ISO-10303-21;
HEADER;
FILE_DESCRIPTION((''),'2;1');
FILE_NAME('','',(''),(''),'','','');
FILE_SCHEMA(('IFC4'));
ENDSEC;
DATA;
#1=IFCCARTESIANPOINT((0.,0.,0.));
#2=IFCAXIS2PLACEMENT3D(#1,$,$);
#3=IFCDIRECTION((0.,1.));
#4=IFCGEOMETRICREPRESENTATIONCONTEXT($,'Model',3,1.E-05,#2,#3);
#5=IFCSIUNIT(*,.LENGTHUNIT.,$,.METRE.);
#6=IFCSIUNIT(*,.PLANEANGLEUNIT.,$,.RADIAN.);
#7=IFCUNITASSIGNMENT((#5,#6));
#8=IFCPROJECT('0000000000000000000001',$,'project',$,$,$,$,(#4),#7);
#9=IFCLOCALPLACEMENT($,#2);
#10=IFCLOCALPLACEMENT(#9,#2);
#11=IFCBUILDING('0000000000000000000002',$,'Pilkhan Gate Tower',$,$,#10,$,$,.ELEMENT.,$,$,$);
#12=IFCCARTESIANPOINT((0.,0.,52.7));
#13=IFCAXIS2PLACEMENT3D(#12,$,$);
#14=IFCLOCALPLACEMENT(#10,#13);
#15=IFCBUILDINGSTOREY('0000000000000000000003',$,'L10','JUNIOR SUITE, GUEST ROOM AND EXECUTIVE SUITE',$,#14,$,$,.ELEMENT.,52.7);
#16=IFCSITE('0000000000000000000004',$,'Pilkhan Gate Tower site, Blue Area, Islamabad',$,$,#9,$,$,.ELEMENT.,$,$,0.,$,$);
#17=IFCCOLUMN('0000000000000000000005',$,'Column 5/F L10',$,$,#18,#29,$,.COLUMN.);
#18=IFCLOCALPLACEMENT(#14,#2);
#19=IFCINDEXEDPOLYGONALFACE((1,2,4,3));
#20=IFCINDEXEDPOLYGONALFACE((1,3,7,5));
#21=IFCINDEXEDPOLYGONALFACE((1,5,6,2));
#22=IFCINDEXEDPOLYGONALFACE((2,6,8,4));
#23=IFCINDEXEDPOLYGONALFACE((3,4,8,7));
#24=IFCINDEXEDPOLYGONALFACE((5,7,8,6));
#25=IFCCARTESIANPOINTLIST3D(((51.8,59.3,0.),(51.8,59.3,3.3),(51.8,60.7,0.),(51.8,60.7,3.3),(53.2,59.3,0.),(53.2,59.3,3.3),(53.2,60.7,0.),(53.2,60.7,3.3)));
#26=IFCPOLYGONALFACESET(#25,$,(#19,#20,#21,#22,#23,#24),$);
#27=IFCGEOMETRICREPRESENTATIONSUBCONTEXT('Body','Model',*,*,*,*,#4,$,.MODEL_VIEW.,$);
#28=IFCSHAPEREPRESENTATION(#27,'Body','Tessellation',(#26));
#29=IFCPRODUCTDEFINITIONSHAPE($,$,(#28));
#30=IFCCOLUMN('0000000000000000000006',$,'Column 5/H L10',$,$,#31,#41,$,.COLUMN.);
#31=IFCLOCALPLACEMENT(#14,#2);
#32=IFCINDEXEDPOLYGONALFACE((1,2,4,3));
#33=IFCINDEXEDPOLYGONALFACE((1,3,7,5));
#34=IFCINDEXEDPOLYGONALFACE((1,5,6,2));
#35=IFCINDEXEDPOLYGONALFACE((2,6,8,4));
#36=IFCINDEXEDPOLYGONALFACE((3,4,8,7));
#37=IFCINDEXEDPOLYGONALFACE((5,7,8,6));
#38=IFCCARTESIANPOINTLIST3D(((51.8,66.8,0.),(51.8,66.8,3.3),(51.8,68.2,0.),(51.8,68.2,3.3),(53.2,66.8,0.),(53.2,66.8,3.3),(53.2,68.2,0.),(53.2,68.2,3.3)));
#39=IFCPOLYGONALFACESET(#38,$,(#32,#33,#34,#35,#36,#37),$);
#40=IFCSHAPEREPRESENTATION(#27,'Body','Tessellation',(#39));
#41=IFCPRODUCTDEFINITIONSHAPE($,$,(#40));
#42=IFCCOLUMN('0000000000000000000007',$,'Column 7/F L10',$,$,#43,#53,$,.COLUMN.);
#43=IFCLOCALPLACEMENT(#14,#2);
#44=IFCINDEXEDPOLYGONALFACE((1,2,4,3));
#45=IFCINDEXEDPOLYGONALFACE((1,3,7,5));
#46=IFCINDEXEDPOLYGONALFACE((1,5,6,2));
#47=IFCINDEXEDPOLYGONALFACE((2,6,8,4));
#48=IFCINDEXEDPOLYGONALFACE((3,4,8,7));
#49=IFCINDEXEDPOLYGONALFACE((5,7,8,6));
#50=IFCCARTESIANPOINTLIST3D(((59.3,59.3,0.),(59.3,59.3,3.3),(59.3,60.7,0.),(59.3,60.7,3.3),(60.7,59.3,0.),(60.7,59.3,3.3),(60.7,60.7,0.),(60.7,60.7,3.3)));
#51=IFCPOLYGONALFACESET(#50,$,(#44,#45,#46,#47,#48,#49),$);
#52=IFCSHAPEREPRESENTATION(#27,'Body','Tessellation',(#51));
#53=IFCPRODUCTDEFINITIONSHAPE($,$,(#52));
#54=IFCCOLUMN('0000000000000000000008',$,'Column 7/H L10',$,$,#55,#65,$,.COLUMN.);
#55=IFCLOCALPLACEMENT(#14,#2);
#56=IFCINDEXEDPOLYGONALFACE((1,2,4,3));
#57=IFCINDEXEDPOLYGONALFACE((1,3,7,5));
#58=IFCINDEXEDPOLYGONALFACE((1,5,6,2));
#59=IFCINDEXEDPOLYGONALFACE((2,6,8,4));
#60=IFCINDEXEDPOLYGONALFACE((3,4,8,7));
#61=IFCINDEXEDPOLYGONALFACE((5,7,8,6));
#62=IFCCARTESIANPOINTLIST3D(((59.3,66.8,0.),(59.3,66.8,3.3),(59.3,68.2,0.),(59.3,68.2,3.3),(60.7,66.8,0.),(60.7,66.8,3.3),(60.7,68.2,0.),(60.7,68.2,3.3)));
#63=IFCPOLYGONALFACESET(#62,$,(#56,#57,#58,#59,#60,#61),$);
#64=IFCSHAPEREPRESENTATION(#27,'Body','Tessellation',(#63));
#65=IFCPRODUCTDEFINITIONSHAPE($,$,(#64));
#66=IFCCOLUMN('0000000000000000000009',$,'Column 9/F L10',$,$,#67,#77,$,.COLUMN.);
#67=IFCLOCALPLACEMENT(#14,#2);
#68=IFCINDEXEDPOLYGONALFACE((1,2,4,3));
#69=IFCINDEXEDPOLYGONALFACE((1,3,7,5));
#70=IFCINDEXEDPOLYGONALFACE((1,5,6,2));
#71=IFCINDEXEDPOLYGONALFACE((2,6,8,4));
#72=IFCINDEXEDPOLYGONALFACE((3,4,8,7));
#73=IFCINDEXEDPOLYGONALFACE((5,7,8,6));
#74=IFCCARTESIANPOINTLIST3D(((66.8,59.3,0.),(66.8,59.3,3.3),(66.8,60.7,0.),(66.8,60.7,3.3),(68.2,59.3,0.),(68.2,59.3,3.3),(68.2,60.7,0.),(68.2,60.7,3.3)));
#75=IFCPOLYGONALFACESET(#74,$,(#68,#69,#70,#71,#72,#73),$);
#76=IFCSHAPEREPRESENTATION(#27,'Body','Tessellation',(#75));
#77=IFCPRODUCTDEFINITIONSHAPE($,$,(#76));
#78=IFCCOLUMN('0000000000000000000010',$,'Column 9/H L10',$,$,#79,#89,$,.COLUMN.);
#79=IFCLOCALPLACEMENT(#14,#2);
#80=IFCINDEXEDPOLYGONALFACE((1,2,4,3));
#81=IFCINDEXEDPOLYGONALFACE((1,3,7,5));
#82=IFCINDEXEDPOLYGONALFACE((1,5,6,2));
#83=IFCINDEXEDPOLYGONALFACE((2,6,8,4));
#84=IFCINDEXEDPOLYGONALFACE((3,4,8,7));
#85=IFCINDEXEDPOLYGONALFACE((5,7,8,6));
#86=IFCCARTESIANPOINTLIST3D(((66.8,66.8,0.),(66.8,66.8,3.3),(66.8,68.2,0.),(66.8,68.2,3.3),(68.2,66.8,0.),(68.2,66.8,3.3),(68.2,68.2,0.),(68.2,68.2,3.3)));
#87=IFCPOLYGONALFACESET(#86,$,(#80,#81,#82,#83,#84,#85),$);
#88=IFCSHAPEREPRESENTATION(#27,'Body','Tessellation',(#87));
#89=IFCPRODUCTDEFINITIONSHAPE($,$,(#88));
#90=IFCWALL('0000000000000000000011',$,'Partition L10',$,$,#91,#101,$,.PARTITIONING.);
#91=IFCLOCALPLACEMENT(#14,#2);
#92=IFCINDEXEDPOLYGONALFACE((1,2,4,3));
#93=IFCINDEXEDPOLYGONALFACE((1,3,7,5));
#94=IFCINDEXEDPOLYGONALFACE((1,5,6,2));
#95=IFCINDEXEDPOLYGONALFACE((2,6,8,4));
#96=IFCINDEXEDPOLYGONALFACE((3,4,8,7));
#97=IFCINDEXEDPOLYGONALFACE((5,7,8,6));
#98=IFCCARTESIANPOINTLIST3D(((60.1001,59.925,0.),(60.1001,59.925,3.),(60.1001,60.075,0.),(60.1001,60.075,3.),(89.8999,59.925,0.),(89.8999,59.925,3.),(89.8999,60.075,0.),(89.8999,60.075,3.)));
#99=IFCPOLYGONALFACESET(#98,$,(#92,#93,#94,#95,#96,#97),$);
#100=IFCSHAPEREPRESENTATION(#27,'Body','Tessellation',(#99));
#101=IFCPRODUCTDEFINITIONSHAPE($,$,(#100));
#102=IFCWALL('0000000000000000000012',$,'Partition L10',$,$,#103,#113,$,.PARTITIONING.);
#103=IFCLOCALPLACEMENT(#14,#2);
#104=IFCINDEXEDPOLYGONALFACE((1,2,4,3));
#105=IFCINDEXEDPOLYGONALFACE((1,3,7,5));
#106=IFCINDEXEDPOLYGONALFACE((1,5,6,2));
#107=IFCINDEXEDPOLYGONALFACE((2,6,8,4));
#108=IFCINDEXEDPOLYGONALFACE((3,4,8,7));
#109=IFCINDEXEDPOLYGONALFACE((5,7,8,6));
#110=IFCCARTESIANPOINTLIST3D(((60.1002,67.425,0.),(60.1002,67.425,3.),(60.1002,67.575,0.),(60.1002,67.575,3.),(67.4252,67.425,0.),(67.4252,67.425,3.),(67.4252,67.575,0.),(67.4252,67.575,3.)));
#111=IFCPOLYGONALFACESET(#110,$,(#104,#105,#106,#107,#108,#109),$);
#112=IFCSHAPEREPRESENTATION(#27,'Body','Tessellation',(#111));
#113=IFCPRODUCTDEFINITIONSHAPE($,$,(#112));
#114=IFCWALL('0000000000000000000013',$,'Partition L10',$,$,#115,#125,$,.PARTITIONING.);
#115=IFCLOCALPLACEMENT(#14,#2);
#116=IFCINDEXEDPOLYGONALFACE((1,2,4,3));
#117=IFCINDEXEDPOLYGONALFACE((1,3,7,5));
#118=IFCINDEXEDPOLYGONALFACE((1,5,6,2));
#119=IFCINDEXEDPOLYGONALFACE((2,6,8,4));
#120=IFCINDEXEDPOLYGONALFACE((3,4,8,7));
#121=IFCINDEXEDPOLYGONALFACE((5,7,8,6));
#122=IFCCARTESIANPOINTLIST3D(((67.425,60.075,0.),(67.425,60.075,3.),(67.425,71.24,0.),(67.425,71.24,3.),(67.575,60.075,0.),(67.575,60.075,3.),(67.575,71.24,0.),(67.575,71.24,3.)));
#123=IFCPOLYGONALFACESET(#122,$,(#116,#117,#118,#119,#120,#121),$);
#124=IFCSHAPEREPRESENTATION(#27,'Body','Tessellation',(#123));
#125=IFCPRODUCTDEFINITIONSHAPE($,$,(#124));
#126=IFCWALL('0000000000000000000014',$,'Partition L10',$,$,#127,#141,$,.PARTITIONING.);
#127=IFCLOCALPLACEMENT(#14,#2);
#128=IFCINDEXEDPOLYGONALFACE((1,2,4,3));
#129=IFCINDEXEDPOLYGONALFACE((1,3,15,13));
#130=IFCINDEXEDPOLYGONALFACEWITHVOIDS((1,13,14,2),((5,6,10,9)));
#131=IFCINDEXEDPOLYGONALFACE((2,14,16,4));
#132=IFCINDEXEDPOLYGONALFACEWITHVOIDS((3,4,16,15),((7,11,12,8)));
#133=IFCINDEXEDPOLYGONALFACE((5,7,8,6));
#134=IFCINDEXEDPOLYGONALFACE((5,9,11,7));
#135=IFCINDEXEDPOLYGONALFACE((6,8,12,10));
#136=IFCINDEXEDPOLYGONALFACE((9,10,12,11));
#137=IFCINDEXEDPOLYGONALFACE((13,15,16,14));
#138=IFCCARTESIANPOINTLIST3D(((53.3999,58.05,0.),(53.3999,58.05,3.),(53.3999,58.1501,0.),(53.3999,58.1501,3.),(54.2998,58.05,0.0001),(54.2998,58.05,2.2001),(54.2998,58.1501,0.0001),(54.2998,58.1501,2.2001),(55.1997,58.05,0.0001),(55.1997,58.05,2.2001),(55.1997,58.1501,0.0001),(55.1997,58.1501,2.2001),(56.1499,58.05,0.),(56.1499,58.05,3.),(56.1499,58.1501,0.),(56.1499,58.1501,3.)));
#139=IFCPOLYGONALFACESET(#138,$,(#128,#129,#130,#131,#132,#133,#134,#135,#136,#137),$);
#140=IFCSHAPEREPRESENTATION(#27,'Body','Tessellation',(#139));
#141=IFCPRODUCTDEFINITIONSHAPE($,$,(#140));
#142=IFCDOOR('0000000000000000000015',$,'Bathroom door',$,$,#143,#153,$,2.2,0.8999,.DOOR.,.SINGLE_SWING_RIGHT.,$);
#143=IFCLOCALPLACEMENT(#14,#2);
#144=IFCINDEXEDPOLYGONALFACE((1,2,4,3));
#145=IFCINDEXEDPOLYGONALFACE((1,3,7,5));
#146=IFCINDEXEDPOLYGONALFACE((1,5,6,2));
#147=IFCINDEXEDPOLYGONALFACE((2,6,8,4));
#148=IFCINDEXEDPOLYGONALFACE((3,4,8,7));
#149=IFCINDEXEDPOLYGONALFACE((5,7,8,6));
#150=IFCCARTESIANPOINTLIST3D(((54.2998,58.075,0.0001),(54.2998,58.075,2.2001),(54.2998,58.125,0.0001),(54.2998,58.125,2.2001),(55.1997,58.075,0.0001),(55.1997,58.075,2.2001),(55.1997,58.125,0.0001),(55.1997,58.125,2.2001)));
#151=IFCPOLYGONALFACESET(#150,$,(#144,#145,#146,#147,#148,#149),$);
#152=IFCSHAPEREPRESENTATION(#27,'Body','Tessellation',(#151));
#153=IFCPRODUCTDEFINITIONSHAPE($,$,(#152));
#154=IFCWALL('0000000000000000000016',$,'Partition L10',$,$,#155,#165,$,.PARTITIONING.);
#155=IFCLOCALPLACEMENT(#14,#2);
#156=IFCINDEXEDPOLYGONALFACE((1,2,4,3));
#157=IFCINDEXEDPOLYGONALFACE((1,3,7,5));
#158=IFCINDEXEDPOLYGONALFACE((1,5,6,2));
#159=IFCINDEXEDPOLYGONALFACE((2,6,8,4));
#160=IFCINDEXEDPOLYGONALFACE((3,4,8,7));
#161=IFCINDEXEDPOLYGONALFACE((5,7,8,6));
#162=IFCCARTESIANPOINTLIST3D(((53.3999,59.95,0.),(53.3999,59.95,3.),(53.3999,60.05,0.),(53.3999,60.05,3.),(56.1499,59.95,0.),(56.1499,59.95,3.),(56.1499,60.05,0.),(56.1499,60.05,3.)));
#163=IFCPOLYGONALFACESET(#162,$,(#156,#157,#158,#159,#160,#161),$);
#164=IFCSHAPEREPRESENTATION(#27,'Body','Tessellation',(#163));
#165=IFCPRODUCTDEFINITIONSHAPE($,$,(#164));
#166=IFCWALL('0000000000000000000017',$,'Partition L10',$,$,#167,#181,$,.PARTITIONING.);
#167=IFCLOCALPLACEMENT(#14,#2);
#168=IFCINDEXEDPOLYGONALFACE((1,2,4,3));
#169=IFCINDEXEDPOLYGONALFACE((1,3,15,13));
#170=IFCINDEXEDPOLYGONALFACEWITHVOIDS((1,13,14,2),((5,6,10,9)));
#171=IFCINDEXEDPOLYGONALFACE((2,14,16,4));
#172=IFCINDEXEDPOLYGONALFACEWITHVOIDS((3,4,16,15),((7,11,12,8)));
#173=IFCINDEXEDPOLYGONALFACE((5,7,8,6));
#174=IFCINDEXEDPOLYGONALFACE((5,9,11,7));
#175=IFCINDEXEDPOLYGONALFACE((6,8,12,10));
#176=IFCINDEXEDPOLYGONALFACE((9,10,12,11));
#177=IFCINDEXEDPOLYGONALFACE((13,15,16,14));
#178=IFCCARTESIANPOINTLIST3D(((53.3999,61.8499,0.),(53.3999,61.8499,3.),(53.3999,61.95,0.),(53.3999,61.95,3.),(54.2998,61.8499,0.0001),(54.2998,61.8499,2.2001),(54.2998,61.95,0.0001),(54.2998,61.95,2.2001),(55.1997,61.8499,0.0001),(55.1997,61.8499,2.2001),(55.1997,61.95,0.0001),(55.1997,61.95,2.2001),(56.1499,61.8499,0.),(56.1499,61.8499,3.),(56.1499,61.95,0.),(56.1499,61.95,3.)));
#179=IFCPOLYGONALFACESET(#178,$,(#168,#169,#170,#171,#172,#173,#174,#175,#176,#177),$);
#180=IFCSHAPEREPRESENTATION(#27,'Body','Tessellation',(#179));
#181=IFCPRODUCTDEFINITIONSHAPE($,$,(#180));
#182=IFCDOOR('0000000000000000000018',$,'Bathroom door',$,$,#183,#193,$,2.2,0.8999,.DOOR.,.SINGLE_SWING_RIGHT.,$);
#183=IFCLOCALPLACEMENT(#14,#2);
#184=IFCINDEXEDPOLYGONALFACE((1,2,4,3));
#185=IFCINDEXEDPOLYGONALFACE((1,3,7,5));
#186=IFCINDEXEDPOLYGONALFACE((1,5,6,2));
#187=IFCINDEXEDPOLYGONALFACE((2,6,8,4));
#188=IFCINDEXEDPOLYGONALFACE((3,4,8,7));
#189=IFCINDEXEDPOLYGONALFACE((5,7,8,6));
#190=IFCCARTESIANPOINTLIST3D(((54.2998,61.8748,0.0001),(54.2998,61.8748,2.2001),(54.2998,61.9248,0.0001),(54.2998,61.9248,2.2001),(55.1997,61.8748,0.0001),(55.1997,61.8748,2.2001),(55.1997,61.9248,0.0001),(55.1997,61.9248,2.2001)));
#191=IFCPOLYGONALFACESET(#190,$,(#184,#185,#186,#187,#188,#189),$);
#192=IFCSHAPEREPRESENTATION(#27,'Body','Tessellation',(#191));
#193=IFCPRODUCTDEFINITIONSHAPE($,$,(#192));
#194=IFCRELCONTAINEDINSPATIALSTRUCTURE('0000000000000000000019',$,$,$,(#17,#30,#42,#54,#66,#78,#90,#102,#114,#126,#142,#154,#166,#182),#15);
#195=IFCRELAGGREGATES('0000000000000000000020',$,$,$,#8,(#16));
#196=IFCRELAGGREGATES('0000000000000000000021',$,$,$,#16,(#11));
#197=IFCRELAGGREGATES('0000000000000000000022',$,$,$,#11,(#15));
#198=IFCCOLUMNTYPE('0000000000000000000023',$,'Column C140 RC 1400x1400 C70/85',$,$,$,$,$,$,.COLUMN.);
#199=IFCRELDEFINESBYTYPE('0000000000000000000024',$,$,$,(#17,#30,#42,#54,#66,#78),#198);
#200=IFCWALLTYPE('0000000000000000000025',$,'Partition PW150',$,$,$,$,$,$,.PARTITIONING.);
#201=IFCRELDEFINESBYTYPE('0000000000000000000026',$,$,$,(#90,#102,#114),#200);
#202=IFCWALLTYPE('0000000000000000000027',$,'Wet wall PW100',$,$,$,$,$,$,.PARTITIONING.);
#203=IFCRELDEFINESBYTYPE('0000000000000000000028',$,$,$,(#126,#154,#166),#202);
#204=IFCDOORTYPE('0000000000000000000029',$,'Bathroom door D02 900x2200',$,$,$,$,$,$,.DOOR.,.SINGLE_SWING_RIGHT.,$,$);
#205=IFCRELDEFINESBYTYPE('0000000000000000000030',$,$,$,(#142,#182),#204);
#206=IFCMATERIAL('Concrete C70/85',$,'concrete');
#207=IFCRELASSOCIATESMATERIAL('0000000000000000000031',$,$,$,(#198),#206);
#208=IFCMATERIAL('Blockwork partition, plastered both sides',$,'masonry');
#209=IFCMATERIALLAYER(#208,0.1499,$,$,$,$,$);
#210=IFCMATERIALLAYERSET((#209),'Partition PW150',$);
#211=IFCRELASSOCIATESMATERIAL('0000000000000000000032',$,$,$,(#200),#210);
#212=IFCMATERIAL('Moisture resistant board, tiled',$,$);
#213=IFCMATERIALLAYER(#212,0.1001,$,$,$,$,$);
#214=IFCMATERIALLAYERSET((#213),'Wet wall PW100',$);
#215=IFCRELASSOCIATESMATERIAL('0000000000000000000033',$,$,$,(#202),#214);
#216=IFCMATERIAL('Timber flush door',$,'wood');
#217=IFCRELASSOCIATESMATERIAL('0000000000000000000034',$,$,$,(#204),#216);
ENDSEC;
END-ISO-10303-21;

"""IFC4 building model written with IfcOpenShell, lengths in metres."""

from ifc_helpers import new_model, si_unit, direction, frame, frame_2d, origin, origin_2d, place, context, subcontext, project, spatial, rectangle, extrude, material, layer, layer_set, material_profile, profile_set, type_object, element, fill, save


model = new_model("IFC4")

# Units and contexts
model_context = context("Model", 3, precision=1e-05, world=origin(), true_north=direction((0.0, 1.0)))
body_context = subcontext(model_context, "Body", "Model", "MODEL_VIEW")
ifc_project = project(units=[si_unit("LENGTHUNIT", "METRE"), si_unit("PLANEANGLEUNIT", "RADIAN")], contexts=[model_context])

# Site, building, storey
site_placement = place(None, origin())
site = spatial("IfcSite", under=ifc_project, at=site_placement, Name="Pilkhan Gate Tower site, Blue Area, Islamabad", CompositionType="ELEMENT", RefElevation=0.0)
building_placement = place(site_placement, origin())
building = spatial("IfcBuilding", under=site, at=building_placement, Name="Pilkhan Gate Tower", CompositionType="ELEMENT")
storey_placement = place(building_placement, frame((0.0, 0.0, 52.7)))
storey = spatial("IfcBuildingStorey", under=building, at=storey_placement, Name="L10", Description="JUNIOR SUITE, GUEST ROOM AND EXECUTIVE SUITE", CompositionType="ELEMENT", Elevation=52.7)

# Columns
ifc_material_1 = material(Name="Concrete C70/85", Category="concrete")
ifc_material_profile = material_profile(ifc_material_1, rectangle(XDim=1.3999, YDim=1.3999, at=origin_2d()), Name="RC 1400x1400")
ifc_profile_set = profile_set([ifc_material_profile], Name="Concrete C70/85")
column_type = type_object("IfcColumnType", Name="Column C140 RC 1400x1400 C70/85", PredefinedType="COLUMN", material=ifc_profile_set)
for number, where, z_axis, x_axis, name in (
    (1, (52.5, 60.0, 0.0), (0.0, 0.0, 1.0), (1.0, 0.0, 0.0), "Column 5/F L10"),
    (2, (52.5, 67.5, 0.0), (0.0, 0.0, 1.0), (1.0, 0.0, 0.0), "Column 5/H L10"),
    (3, (60.0, 60.0, 0.0), (0.0, 0.0, 1.0), (1.0, 0.0, 0.0), "Column 7/F L10"),
    (4, (60.0, 67.5, 0.0), (0.0, 0.0, 1.0), (1.0, 0.0, 0.0), "Column 7/H L10"),
    (5, (67.5, 60.0, 0.0), (0.0, 0.0, 1.0), (1.0, 0.0, 0.0), "Column 9/F L10"),
    (6, (67.5, 67.5, 0.0), (0.0, 0.0, 1.0), (1.0, 0.0, 0.0), "Column 9/H L10"),
):
    element("IfcColumn", number, at=place(storey_placement, frame(where, z_axis=z_axis, x_axis=x_axis)), inside=storey, type_object=column_type, Name=name, PredefinedType="COLUMN", context=body_context, shape_type="SweptSolid", body=[
        extrude(rectangle(XDim=1.3999, YDim=1.3999, at=origin_2d()), origin(), (0.0, 0.0, 1.0), 3.3),
    ])

# Walls
ifc_material_2 = material(Name="Blockwork partition, plastered both sides", Category="masonry")
ifc_layer_1 = layer(ifc_material_2, 0.1499)
ifc_layer_set_1 = layer_set([ifc_layer_1], Name="Partition PW150")
wall_type_1 = type_object("IfcWallType", Name="Partition PW150", PredefinedType="PARTITIONING", material=ifc_layer_set_1)
wall_1_placement = place(storey_placement, frame((60.1001, 60.0, 0.0), z_axis=(0.0, 0.0, 1.0), x_axis=(1.0, 0.0, 0.0)))
element("IfcWall", 7, at=wall_1_placement, inside=storey, type_object=wall_type_1, Name="Partition L10", PredefinedType="PARTITIONING", context=body_context, shape_type="SweptSolid", body=[
    extrude(rectangle(XDim=29.7998, YDim=0.1499, at=frame_2d((14.8999, 0.0))), origin(), (0.0, 0.0, 1.0), 3.0),
])
wall_2_placement = place(storey_placement, frame((60.1001, 67.5, 0.0), z_axis=(0.0, 0.0, 1.0), x_axis=(1.0, 0.0, 0.0)))
element("IfcWall", 8, at=wall_2_placement, inside=storey, type_object=wall_type_1, Name="Partition L10", PredefinedType="PARTITIONING", context=body_context, shape_type="SweptSolid", body=[
    extrude(rectangle(XDim=7.325, YDim=0.1499, at=frame_2d((3.6626, 0.0))), origin(), (0.0, 0.0, 1.0), 3.0),
])
wall_3_placement = place(storey_placement, frame((67.5, 60.075, 0.0), z_axis=(0.0, 0.0, 1.0), x_axis=(0.0, 1.0, 0.0)))
element("IfcWall", 9, at=wall_3_placement, inside=storey, type_object=wall_type_1, Name="Partition L10", PredefinedType="PARTITIONING", context=body_context, shape_type="SweptSolid", body=[
    extrude(rectangle(XDim=11.165, YDim=0.1499, at=frame_2d((5.5825, 0.0))), origin(), (0.0, 0.0, 1.0), 3.0),
])

# Wall, opening, door
ifc_material_3 = material(Name="Moisture resistant board, tiled")
ifc_layer_2 = layer(ifc_material_3, 0.1001)
ifc_layer_set_2 = layer_set([ifc_layer_2], Name="Wet wall PW100")
wall_type_2 = type_object("IfcWallType", Name="Wet wall PW100", PredefinedType="PARTITIONING", material=ifc_layer_set_2)
wall_4_placement = place(storey_placement, frame((53.3999, 58.1001, 0.0), z_axis=(0.0, 0.0, 1.0), x_axis=(1.0, 0.0, 0.0)))
wall_4 = element("IfcWall", 10, at=wall_4_placement, inside=storey, type_object=wall_type_2, Name="Partition L10", PredefinedType="PARTITIONING", context=body_context, shape_type="SweptSolid", body=[
    extrude(rectangle(XDim=2.75, YDim=0.1001, at=frame_2d((1.375, 0.0))), origin(), (0.0, 0.0, 1.0), 3.0),
])
opening_1_placement = place(wall_4_placement, frame((0.8999, 0.0, 0.0)))
opening_1 = element("IfcOpeningElement", 11, at=opening_1_placement, cuts=wall_4, PredefinedType="OPENING", context=body_context, shape_type="SweptSolid", body=[
    extrude(rectangle(XDim=0.8999, YDim=2.2, at=frame_2d((0.45, 1.1001))), frame((0.0, 0.0601, 0.0), z_axis=(0.0, -1.0, 0.0), x_axis=(1.0, 0.0, 0.0)), (0.0, 0.0, 1.0), 0.1201),
])
ifc_material_4 = material(Name="Timber flush door", Category="wood")
door_type = type_object("IfcDoorType", Name="Bathroom door D02 900x2200", OperationType="SINGLE_SWING_RIGHT", PredefinedType="DOOR", material=ifc_material_4)
door_1_placement = place(opening_1_placement, origin())
door_1 = element("IfcDoor", 12, at=door_1_placement, inside=storey, type_object=door_type, Name="Bathroom door", OperationType="SINGLE_SWING_RIGHT", OverallHeight=2.2, OverallWidth=0.8999, PredefinedType="DOOR", context=body_context, shape_type="SweptSolid", body=[
    extrude(rectangle(XDim=0.8999, YDim=2.2, at=frame_2d((0.45, 1.1001))), frame((0.0, 0.0249, 0.0), z_axis=(0.0, -1.0, 0.0), x_axis=(1.0, 0.0, 0.0)), (0.0, 0.0, 1.0), 0.05),
])
fill(opening_1, door_1)

# Wall
wall_5_placement = place(storey_placement, frame((53.3999, 60.0, 0.0), z_axis=(0.0, 0.0, 1.0), x_axis=(1.0, 0.0, 0.0)))
element("IfcWall", 13, at=wall_5_placement, inside=storey, type_object=wall_type_2, Name="Partition L10", PredefinedType="PARTITIONING", context=body_context, shape_type="SweptSolid", body=[
    extrude(rectangle(XDim=2.75, YDim=0.1001, at=frame_2d((1.375, 0.0))), origin(), (0.0, 0.0, 1.0), 3.0),
])

# Wall, opening, door
wall_6_placement = place(storey_placement, frame((53.3999, 61.8999, 0.0), z_axis=(0.0, 0.0, 1.0), x_axis=(1.0, 0.0, 0.0)))
wall_6 = element("IfcWall", 14, at=wall_6_placement, inside=storey, type_object=wall_type_2, Name="Partition L10", PredefinedType="PARTITIONING", context=body_context, shape_type="SweptSolid", body=[
    extrude(rectangle(XDim=2.75, YDim=0.1001, at=frame_2d((1.375, 0.0))), origin(), (0.0, 0.0, 1.0), 3.0),
])
opening_2_placement = place(wall_6_placement, frame((0.8999, 0.0, 0.0)))
opening_2 = element("IfcOpeningElement", 15, at=opening_2_placement, cuts=wall_6, PredefinedType="OPENING", context=body_context, shape_type="SweptSolid", body=[
    extrude(rectangle(XDim=0.8999, YDim=2.2, at=frame_2d((0.45, 1.1001))), frame((0.0, 0.0601, 0.0), z_axis=(0.0, -1.0, 0.0), x_axis=(1.0, 0.0, 0.0)), (0.0, 0.0, 1.0), 0.1201),
])
door_2_placement = place(opening_2_placement, origin())
door_2 = element("IfcDoor", 16, at=door_2_placement, inside=storey, type_object=door_type, Name="Bathroom door", OperationType="SINGLE_SWING_RIGHT", OverallHeight=2.2, OverallWidth=0.8999, PredefinedType="DOOR", context=body_context, shape_type="SweptSolid", body=[
    extrude(rectangle(XDim=0.8999, YDim=2.2, at=frame_2d((0.45, 1.1001))), frame((0.0, 0.0249, 0.0), z_axis=(0.0, -1.0, 0.0), x_axis=(1.0, 0.0, 0.0)), (0.0, 0.0, 1.0), 0.05),
])
fill(opening_2, door_2)

save(model, "model.ifc")
